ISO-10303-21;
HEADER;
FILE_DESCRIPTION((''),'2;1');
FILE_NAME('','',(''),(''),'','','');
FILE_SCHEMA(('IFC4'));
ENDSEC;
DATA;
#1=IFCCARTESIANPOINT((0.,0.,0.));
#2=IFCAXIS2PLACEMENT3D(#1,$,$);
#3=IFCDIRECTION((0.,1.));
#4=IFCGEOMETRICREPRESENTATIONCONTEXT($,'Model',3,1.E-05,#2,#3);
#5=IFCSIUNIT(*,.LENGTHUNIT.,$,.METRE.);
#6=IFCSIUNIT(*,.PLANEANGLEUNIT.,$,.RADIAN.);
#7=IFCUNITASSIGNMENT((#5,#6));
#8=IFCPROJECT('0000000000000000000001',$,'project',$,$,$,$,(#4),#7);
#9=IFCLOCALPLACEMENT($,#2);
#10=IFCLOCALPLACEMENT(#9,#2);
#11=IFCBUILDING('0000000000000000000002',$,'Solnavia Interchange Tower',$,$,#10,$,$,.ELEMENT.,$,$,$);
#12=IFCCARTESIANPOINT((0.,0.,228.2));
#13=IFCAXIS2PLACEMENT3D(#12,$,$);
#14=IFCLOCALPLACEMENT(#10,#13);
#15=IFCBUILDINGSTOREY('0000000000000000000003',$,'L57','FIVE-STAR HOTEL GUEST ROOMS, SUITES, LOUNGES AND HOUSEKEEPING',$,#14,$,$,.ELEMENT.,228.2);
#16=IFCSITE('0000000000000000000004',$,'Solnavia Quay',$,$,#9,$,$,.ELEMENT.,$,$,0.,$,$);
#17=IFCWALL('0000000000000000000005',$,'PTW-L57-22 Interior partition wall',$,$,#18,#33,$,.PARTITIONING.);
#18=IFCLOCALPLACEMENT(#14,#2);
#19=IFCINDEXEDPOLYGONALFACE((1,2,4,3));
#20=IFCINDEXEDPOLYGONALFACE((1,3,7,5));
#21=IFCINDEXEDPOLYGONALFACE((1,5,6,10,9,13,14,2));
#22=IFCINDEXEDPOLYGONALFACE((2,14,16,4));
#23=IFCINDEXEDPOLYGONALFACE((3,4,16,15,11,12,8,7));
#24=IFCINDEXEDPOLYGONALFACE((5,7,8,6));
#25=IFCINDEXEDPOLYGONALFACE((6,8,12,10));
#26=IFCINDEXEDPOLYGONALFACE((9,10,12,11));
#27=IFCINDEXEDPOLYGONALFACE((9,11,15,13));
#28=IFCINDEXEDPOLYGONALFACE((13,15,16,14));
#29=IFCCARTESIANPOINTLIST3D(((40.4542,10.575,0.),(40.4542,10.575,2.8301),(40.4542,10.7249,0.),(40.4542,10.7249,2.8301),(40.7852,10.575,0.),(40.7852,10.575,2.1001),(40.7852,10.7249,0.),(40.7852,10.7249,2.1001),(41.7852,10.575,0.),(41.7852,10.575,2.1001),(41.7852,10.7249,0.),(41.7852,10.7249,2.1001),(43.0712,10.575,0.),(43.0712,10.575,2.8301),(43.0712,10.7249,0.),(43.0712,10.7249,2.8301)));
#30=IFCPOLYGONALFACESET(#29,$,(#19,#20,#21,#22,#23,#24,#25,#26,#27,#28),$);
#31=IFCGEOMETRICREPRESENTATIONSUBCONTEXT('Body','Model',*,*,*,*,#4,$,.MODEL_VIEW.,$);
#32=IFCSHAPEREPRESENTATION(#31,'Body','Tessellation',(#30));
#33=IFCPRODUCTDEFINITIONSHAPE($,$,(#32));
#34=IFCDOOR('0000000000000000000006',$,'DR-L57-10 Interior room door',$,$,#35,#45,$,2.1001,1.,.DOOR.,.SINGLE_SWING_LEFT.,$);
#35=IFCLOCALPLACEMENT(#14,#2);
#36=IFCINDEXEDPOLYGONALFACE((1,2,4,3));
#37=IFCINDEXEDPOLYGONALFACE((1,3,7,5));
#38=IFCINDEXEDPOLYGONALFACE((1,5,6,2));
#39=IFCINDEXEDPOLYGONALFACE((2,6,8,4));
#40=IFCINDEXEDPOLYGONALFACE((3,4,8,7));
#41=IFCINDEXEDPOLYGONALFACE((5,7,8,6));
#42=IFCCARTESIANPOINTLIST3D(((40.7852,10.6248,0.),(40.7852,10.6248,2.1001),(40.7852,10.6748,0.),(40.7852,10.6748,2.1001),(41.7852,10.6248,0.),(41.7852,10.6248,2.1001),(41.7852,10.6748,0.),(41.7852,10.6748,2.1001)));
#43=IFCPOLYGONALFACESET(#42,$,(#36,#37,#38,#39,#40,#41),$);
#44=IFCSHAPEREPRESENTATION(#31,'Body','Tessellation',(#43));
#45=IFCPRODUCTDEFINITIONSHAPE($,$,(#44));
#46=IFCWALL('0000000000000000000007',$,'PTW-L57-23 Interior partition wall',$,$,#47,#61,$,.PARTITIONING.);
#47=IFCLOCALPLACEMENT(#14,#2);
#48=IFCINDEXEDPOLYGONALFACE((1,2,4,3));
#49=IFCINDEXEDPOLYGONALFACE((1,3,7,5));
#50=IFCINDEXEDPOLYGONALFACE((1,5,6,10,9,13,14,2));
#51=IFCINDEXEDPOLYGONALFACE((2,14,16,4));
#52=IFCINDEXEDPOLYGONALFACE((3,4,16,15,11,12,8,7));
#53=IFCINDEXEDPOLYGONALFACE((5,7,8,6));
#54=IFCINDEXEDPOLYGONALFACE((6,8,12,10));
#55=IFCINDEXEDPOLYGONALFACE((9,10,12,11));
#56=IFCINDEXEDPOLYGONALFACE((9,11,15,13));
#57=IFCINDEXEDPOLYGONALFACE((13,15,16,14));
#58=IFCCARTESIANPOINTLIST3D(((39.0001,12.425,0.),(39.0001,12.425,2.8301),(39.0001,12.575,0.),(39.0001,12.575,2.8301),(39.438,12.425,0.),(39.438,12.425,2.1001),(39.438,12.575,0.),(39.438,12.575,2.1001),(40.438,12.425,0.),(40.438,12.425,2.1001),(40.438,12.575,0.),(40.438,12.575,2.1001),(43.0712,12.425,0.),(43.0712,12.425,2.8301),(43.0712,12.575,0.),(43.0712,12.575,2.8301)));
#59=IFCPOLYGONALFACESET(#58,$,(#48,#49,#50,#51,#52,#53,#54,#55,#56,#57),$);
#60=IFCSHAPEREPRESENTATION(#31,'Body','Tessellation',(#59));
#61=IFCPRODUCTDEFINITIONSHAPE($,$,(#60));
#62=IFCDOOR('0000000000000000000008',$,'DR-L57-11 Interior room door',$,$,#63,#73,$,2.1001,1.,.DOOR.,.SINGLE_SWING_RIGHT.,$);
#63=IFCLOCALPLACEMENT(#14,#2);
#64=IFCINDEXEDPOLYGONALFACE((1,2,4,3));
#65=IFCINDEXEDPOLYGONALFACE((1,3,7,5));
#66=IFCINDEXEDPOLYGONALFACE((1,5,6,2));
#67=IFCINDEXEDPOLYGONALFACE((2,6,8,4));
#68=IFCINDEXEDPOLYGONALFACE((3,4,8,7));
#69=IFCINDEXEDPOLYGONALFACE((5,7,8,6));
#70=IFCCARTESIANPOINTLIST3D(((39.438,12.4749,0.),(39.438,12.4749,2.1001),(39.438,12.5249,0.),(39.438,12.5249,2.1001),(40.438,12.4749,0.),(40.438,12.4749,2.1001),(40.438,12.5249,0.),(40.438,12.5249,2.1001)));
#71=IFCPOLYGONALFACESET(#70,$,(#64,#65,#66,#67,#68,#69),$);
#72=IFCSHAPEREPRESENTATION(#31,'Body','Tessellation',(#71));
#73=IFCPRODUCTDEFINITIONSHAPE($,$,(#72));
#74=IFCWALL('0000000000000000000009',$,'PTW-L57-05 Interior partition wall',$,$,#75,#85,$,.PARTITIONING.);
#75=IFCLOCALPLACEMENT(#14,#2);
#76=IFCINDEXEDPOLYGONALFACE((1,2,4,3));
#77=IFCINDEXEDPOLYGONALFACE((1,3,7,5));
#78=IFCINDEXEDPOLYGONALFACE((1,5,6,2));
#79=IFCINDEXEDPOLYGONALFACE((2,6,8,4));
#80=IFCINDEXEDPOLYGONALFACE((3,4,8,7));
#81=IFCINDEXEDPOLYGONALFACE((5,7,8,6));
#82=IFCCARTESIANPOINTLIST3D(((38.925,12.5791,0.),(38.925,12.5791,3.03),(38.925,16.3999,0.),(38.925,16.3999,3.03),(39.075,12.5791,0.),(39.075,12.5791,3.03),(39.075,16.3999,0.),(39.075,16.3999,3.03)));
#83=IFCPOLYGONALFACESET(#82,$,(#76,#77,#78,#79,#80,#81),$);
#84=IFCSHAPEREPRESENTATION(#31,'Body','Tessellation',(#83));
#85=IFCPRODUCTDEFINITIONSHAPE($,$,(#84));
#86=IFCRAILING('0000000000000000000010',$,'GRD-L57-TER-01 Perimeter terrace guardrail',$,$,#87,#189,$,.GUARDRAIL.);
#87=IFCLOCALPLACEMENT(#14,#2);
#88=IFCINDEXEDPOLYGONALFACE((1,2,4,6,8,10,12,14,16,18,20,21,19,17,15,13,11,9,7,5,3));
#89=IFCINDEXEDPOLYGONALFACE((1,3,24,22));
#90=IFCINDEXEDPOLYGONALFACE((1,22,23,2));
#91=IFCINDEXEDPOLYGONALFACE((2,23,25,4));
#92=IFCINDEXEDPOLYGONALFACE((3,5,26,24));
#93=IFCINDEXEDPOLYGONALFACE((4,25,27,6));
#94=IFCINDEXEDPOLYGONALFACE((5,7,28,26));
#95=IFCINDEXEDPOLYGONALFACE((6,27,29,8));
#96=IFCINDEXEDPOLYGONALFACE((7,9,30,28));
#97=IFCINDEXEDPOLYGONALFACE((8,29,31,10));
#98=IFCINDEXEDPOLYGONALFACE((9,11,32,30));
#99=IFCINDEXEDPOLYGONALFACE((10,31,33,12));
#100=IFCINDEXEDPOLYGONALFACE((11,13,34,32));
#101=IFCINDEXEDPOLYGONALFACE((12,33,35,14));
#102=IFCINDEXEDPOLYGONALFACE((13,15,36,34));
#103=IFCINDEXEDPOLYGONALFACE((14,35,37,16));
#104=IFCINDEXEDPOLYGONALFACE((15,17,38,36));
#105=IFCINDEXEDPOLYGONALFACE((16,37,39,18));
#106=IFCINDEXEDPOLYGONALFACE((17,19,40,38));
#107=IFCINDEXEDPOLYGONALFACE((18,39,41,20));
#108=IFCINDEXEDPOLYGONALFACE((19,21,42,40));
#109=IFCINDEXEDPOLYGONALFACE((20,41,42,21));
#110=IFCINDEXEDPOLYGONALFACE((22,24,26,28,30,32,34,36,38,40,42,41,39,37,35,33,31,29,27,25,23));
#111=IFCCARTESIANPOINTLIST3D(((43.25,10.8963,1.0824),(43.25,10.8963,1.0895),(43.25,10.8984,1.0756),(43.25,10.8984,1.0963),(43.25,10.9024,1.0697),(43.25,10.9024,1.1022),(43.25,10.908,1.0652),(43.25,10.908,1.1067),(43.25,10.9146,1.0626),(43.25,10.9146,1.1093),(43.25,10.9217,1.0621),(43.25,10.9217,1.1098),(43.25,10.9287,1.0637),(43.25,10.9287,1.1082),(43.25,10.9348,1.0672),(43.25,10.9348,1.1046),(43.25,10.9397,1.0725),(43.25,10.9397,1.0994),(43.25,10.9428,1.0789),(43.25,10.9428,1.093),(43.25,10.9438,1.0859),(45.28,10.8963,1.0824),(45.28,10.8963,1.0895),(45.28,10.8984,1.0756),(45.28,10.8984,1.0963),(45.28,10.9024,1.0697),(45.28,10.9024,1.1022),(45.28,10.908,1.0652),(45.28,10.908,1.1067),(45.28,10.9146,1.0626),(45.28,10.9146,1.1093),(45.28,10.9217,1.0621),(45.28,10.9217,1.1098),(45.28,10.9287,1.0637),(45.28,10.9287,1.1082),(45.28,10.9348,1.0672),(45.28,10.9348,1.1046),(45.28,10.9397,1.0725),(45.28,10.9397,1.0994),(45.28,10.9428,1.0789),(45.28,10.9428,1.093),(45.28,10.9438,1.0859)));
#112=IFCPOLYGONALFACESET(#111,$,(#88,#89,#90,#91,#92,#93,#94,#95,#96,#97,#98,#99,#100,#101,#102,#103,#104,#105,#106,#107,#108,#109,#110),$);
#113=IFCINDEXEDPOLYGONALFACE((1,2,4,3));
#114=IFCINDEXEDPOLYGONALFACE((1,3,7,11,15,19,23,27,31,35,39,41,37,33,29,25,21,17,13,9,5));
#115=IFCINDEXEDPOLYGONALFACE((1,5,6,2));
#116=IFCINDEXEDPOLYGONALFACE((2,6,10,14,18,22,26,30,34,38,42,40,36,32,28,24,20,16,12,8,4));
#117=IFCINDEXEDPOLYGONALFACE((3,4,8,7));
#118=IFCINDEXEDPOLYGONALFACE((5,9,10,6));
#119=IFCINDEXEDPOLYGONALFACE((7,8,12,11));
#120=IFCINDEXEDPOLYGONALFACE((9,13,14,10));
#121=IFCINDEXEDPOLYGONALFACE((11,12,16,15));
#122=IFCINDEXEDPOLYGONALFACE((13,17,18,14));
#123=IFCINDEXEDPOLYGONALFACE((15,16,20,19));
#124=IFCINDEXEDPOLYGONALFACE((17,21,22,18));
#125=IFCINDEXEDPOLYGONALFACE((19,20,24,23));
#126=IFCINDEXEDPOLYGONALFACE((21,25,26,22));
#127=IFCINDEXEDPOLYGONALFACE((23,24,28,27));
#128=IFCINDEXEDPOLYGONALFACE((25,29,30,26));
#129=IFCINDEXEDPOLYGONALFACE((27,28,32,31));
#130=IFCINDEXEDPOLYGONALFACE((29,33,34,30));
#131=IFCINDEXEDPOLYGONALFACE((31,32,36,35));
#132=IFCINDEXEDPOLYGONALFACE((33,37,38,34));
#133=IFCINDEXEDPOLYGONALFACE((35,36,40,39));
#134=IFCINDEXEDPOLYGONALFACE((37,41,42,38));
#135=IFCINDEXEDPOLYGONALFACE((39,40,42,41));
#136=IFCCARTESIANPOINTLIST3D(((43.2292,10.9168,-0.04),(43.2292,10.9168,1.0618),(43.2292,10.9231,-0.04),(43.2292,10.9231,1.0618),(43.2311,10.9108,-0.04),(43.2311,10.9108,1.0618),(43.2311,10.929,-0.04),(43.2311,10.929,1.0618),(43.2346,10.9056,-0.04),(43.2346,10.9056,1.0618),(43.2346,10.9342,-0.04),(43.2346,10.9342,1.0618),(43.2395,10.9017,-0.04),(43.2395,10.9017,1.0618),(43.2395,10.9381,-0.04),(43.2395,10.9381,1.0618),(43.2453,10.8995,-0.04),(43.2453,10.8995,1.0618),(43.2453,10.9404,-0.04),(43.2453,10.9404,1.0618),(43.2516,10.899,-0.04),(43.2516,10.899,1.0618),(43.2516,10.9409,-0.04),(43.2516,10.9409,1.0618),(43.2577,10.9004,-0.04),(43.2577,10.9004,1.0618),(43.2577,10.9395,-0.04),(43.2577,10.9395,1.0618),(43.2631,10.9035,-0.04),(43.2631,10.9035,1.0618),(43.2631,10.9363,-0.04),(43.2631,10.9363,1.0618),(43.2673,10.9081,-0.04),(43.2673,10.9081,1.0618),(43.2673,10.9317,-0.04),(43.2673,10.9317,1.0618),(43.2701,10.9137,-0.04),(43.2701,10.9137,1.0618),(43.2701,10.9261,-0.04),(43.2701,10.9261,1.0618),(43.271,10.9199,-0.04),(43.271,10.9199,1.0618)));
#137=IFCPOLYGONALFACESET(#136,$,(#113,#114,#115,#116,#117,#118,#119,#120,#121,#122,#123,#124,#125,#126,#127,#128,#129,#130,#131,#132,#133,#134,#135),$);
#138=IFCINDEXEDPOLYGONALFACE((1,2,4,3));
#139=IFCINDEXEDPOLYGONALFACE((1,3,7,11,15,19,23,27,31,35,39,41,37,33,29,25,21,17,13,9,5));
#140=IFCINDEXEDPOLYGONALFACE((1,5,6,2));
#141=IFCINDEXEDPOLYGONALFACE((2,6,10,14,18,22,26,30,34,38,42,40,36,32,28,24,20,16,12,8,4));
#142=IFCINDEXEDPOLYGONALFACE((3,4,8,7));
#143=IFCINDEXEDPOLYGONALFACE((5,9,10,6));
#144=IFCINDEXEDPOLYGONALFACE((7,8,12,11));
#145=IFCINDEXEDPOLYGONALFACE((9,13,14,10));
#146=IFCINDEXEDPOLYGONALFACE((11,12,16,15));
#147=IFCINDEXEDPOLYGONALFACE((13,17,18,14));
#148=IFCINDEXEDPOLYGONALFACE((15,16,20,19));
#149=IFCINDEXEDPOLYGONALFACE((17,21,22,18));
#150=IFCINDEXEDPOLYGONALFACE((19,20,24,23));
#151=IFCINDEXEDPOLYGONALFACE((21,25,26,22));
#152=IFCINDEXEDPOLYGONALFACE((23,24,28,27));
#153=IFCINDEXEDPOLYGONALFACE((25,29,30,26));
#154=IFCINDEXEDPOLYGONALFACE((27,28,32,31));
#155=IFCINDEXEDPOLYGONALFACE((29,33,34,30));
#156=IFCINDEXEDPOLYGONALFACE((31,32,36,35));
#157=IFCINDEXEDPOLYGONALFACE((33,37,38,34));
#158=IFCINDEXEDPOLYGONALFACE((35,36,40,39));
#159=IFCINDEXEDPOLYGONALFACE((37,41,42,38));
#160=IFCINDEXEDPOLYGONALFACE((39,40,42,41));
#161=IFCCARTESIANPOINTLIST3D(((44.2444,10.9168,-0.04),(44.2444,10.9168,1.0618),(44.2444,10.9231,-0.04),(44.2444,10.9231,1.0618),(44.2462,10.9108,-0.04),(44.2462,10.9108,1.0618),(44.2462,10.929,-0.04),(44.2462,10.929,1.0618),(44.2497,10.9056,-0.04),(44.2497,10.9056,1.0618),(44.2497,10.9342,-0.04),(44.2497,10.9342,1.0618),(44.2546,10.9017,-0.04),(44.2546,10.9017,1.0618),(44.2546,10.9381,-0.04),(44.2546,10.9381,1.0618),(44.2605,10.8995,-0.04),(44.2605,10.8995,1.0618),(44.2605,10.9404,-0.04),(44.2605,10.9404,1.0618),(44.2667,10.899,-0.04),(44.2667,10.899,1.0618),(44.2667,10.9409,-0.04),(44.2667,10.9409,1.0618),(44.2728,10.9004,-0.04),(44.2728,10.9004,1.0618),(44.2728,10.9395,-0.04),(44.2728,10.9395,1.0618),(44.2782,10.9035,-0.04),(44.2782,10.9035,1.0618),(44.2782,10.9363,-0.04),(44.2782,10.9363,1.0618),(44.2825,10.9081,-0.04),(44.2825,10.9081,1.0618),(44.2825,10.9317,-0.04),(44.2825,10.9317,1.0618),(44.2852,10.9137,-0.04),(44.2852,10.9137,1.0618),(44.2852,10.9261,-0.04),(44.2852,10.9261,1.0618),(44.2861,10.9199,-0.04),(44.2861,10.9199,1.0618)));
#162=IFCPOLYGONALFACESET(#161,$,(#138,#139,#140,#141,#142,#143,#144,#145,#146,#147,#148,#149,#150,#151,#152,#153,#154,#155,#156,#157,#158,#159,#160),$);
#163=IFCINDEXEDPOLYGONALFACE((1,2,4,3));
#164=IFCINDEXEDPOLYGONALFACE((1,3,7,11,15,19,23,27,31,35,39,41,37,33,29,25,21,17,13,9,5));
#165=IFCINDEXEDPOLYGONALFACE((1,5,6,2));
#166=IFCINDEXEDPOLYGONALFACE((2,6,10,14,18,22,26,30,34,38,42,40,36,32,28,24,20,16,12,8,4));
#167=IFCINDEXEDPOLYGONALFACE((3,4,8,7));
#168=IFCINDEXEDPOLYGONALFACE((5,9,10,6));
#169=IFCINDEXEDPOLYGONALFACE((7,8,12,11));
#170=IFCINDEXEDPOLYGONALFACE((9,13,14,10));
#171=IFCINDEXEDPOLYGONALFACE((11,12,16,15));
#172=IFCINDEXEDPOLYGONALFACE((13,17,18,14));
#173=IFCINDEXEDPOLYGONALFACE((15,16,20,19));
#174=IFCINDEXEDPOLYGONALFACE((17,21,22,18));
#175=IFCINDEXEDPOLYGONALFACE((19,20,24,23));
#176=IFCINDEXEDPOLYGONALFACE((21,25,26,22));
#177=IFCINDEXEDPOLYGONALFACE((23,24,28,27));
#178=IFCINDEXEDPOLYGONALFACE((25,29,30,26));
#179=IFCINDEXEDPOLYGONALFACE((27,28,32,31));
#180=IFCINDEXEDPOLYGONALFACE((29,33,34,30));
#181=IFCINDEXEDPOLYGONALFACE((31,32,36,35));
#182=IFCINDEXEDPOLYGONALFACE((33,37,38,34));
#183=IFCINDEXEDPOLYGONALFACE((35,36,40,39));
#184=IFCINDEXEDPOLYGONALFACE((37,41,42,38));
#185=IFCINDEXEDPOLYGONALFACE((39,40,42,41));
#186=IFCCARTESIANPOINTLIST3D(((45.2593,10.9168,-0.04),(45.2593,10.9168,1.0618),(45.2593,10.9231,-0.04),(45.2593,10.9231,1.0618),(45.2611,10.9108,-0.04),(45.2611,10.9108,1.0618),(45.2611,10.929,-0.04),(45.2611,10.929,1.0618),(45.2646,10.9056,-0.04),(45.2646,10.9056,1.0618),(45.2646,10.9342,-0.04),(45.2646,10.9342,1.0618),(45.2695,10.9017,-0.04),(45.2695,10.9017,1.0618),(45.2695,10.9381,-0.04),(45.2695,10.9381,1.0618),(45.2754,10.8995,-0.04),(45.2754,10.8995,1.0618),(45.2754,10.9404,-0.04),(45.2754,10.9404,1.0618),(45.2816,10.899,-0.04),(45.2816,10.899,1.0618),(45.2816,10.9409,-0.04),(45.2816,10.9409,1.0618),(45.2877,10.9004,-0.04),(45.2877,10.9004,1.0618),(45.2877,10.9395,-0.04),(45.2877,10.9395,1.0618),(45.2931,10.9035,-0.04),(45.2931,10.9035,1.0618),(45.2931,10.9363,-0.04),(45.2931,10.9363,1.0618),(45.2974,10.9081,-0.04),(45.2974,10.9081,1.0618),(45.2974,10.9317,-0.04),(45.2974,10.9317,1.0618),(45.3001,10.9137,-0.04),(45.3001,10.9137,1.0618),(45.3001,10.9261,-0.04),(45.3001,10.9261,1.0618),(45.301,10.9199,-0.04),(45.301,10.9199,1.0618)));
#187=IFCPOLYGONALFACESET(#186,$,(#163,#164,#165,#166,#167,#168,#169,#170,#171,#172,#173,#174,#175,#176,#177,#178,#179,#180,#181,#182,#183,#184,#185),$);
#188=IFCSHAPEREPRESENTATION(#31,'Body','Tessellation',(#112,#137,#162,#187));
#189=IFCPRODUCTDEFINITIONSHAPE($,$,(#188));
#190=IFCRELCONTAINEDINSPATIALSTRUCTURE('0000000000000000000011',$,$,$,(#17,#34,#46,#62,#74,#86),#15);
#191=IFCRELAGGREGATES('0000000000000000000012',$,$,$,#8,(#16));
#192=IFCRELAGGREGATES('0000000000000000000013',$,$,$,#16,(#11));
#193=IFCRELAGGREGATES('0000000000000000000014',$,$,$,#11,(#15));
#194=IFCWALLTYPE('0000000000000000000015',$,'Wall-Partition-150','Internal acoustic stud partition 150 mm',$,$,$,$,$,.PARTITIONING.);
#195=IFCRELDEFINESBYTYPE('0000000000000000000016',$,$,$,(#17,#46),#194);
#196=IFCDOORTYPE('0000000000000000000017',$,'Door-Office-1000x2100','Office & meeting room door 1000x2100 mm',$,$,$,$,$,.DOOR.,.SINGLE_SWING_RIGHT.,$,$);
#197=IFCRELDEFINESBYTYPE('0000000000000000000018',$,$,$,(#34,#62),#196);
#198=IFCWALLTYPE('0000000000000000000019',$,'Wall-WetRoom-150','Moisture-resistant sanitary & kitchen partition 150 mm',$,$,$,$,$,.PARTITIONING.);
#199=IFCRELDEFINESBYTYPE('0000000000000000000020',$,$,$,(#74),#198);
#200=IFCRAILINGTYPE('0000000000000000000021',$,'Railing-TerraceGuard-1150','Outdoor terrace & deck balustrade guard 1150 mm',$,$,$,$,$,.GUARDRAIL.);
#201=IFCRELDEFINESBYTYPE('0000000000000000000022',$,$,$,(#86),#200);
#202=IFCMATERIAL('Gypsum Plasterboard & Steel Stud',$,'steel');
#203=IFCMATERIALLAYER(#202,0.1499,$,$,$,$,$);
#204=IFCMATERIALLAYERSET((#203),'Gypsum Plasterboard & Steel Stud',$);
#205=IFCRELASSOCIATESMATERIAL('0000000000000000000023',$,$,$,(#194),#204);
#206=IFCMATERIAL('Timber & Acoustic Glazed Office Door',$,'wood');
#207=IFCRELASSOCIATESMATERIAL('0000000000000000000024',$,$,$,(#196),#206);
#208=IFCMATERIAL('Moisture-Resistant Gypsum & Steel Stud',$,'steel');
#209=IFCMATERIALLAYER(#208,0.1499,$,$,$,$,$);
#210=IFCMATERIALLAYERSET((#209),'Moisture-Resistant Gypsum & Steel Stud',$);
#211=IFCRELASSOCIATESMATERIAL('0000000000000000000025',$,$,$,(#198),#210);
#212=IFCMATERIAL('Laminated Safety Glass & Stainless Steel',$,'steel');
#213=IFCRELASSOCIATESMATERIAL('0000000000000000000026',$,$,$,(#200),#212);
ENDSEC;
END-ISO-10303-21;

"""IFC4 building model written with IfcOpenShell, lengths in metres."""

from ifc_helpers import new_model, si_unit, direction, frame, frame_2d, origin, origin_2d, place, context, subcontext, project, spatial, rectangle, circle, extrude, material, layer, layer_set, type_object, element, fill, save


model = new_model("IFC4")

# Units and contexts
model_context = context("Model", 3, precision=1e-05, world=origin(), true_north=direction((0.0, 1.0)))
body_context = subcontext(model_context, "Body", "Model", "MODEL_VIEW")
ifc_project = project(units=[si_unit("LENGTHUNIT", "METRE"), si_unit("PLANEANGLEUNIT", "RADIAN")], contexts=[model_context])

# Site, building, storey
site_placement = place(None, origin())
site = spatial("IfcSite", under=ifc_project, at=site_placement, Name="Solnavia Quay", CompositionType="ELEMENT", RefElevation=0.0)
building_placement = place(site_placement, origin())
building = spatial("IfcBuilding", under=site, at=building_placement, Name="Solnavia Interchange Tower", CompositionType="ELEMENT")
storey_placement = place(building_placement, frame((0.0, 0.0, 228.2)))
storey = spatial("IfcBuildingStorey", under=building, at=storey_placement, Name="L57", Description="FIVE-STAR HOTEL GUEST ROOMS, SUITES, LOUNGES AND HOUSEKEEPING", CompositionType="ELEMENT", Elevation=228.2)

# Walls, openings, doors
ifc_material_1 = material(Name="Gypsum Plasterboard & Steel Stud", Category="steel")
ifc_layer_1 = layer(ifc_material_1, 0.1499)
ifc_layer_set_1 = layer_set([ifc_layer_1], Name="Gypsum Plasterboard & Steel Stud")
wall_type_1 = type_object("IfcWallType", Name="Wall-Partition-150", Description="Internal acoustic stud partition 150 mm", PredefinedType="PARTITIONING", material=ifc_layer_set_1)
wall_1_placement = place(storey_placement, frame((40.4541, 10.6499, 0.0), z_axis=(0.0, 0.0, 1.0), x_axis=(1.0, 0.0, 0.0)))
wall_1 = element("IfcWall", 1, at=wall_1_placement, inside=storey, type_object=wall_type_1, Name="PTW-L57-22 Interior partition wall", PredefinedType="PARTITIONING", context=body_context, shape_type="SweptSolid", body=[
    extrude(rectangle(XDim=2.6169, YDim=0.1499, at=frame_2d((1.3086, 0.0))), origin(), (0.0, 0.0, 1.0), 2.8301),
])
opening_1_placement = place(wall_1_placement, frame((0.3311, 0.0, 0.0)))
opening_1 = element("IfcOpeningElement", 2, at=opening_1_placement, cuts=wall_1, PredefinedType="OPENING", context=body_context, shape_type="SweptSolid", body=[
    extrude(rectangle(XDim=1.0, YDim=2.1001, at=frame_2d((0.5, 1.05))), frame((0.0, 0.085, 0.0), z_axis=(0.0, -1.0, 0.0), x_axis=(1.0, 0.0, 0.0)), (0.0, 0.0, 1.0), 0.1699),
])
ifc_material_2 = material(Name="Timber & Acoustic Glazed Office Door", Category="wood")
door_type = type_object("IfcDoorType", Name="Door-Office-1000x2100", Description="Office & meeting room door 1000x2100 mm", OperationType="SINGLE_SWING_RIGHT", PredefinedType="DOOR", material=ifc_material_2)
door_1_placement = place(opening_1_placement, origin())
door_1 = element("IfcDoor", 3, at=door_1_placement, inside=storey, type_object=door_type, Name="DR-L57-10 Interior room door", OperationType="SINGLE_SWING_LEFT", OverallHeight=2.1001, OverallWidth=1.0, PredefinedType="DOOR", context=body_context, shape_type="SweptSolid", body=[
    extrude(rectangle(XDim=1.0, YDim=2.1001, at=frame_2d((0.5, 1.05))), frame((0.0, 0.0249, 0.0), z_axis=(0.0, -1.0, 0.0), x_axis=(1.0, 0.0, 0.0)), (0.0, 0.0, 1.0), 0.05),
])
fill(opening_1, door_1)
wall_2_placement = place(storey_placement, frame((39.0, 12.5, 0.0), z_axis=(0.0, 0.0, 1.0), x_axis=(1.0, 0.0, 0.0)))
wall_2 = element("IfcWall", 4, at=wall_2_placement, inside=storey, type_object=wall_type_1, Name="PTW-L57-23 Interior partition wall", PredefinedType="PARTITIONING", context=body_context, shape_type="SweptSolid", body=[
    extrude(rectangle(XDim=4.071, YDim=0.1499, at=frame_2d((2.0356, 0.0))), origin(), (0.0, 0.0, 1.0), 2.8301),
])
opening_2_placement = place(wall_2_placement, frame((0.438, 0.0, 0.0)))
opening_2 = element("IfcOpeningElement", 5, at=opening_2_placement, cuts=wall_2, PredefinedType="OPENING", context=body_context, shape_type="SweptSolid", body=[
    extrude(rectangle(XDim=1.0, YDim=2.1001, at=frame_2d((0.5, 1.05))), frame((0.0, 0.085, 0.0), z_axis=(0.0, -1.0, 0.0), x_axis=(1.0, 0.0, 0.0)), (0.0, 0.0, 1.0), 0.1699),
])
door_2_placement = place(opening_2_placement, origin())
door_2 = element("IfcDoor", 6, at=door_2_placement, inside=storey, type_object=door_type, Name="DR-L57-11 Interior room door", OperationType="SINGLE_SWING_RIGHT", OverallHeight=2.1001, OverallWidth=1.0, PredefinedType="DOOR", context=body_context, shape_type="SweptSolid", body=[
    extrude(rectangle(XDim=1.0, YDim=2.1001, at=frame_2d((0.5, 1.05))), frame((0.0, 0.0249, 0.0), z_axis=(0.0, -1.0, 0.0), x_axis=(1.0, 0.0, 0.0)), (0.0, 0.0, 1.0), 0.05),
])
fill(opening_2, door_2)

# Wall
ifc_material_3 = material(Name="Moisture-Resistant Gypsum & Steel Stud", Category="steel")
ifc_layer_2 = layer(ifc_material_3, 0.1499)
ifc_layer_set_2 = layer_set([ifc_layer_2], Name="Moisture-Resistant Gypsum & Steel Stud")
wall_type_2 = type_object("IfcWallType", Name="Wall-WetRoom-150", Description="Moisture-resistant sanitary & kitchen partition 150 mm", PredefinedType="PARTITIONING", material=ifc_layer_set_2)
wall_3_placement = place(storey_placement, frame((39.0, 12.5791, 0.0), z_axis=(0.0, 0.0, 1.0), x_axis=(0.0, 1.0, 0.0)))
element("IfcWall", 7, at=wall_3_placement, inside=storey, type_object=wall_type_2, Name="PTW-L57-05 Interior partition wall", PredefinedType="PARTITIONING", context=body_context, shape_type="SweptSolid", body=[
    extrude(rectangle(XDim=3.8208, YDim=0.1499, at=frame_2d((1.9104, 0.0))), origin(), (0.0, 0.0, 1.0), 3.03),
])

# Railing
ifc_material_4 = material(Name="Laminated Safety Glass & Stainless Steel", Category="steel")
railing_type = type_object("IfcRailingType", Name="Railing-TerraceGuard-1150", Description="Outdoor terrace & deck balustrade guard 1150 mm", PredefinedType="GUARDRAIL", material=ifc_material_4)
railing_1_placement = place(storey_placement, frame((43.25, 10.9199, -0.04)))
element("IfcRailing", 8, at=railing_1_placement, inside=storey, type_object=railing_type, Name="GRD-L57-TER-01 Perimeter terrace guardrail", PredefinedType="GUARDRAIL", context=body_context, shape_type="SweptSolid", body=[
    extrude(circle(Radius=0.0239, at=origin_2d()), frame((0.0, 0.0, 1.126), z_axis=(1.0, 0.0, 0.0), x_axis=(0.0, 1.0, 0.0)), (0.0, 0.0, 1.0), 2.03),
    extrude(circle(Radius=0.021, at=origin_2d()), origin(), (0.0, 0.0, 1.0), 1.1018),
    extrude(circle(Radius=0.021, at=origin_2d()), frame((1.0151, 0.0, 0.0)), (0.0, 0.0, 1.0), 1.1018),
    extrude(circle(Radius=0.021, at=origin_2d()), frame((2.03, 0.0, 0.0)), (0.0, 0.0, 1.0), 1.1018),
])

save(model, "model.ifc")
